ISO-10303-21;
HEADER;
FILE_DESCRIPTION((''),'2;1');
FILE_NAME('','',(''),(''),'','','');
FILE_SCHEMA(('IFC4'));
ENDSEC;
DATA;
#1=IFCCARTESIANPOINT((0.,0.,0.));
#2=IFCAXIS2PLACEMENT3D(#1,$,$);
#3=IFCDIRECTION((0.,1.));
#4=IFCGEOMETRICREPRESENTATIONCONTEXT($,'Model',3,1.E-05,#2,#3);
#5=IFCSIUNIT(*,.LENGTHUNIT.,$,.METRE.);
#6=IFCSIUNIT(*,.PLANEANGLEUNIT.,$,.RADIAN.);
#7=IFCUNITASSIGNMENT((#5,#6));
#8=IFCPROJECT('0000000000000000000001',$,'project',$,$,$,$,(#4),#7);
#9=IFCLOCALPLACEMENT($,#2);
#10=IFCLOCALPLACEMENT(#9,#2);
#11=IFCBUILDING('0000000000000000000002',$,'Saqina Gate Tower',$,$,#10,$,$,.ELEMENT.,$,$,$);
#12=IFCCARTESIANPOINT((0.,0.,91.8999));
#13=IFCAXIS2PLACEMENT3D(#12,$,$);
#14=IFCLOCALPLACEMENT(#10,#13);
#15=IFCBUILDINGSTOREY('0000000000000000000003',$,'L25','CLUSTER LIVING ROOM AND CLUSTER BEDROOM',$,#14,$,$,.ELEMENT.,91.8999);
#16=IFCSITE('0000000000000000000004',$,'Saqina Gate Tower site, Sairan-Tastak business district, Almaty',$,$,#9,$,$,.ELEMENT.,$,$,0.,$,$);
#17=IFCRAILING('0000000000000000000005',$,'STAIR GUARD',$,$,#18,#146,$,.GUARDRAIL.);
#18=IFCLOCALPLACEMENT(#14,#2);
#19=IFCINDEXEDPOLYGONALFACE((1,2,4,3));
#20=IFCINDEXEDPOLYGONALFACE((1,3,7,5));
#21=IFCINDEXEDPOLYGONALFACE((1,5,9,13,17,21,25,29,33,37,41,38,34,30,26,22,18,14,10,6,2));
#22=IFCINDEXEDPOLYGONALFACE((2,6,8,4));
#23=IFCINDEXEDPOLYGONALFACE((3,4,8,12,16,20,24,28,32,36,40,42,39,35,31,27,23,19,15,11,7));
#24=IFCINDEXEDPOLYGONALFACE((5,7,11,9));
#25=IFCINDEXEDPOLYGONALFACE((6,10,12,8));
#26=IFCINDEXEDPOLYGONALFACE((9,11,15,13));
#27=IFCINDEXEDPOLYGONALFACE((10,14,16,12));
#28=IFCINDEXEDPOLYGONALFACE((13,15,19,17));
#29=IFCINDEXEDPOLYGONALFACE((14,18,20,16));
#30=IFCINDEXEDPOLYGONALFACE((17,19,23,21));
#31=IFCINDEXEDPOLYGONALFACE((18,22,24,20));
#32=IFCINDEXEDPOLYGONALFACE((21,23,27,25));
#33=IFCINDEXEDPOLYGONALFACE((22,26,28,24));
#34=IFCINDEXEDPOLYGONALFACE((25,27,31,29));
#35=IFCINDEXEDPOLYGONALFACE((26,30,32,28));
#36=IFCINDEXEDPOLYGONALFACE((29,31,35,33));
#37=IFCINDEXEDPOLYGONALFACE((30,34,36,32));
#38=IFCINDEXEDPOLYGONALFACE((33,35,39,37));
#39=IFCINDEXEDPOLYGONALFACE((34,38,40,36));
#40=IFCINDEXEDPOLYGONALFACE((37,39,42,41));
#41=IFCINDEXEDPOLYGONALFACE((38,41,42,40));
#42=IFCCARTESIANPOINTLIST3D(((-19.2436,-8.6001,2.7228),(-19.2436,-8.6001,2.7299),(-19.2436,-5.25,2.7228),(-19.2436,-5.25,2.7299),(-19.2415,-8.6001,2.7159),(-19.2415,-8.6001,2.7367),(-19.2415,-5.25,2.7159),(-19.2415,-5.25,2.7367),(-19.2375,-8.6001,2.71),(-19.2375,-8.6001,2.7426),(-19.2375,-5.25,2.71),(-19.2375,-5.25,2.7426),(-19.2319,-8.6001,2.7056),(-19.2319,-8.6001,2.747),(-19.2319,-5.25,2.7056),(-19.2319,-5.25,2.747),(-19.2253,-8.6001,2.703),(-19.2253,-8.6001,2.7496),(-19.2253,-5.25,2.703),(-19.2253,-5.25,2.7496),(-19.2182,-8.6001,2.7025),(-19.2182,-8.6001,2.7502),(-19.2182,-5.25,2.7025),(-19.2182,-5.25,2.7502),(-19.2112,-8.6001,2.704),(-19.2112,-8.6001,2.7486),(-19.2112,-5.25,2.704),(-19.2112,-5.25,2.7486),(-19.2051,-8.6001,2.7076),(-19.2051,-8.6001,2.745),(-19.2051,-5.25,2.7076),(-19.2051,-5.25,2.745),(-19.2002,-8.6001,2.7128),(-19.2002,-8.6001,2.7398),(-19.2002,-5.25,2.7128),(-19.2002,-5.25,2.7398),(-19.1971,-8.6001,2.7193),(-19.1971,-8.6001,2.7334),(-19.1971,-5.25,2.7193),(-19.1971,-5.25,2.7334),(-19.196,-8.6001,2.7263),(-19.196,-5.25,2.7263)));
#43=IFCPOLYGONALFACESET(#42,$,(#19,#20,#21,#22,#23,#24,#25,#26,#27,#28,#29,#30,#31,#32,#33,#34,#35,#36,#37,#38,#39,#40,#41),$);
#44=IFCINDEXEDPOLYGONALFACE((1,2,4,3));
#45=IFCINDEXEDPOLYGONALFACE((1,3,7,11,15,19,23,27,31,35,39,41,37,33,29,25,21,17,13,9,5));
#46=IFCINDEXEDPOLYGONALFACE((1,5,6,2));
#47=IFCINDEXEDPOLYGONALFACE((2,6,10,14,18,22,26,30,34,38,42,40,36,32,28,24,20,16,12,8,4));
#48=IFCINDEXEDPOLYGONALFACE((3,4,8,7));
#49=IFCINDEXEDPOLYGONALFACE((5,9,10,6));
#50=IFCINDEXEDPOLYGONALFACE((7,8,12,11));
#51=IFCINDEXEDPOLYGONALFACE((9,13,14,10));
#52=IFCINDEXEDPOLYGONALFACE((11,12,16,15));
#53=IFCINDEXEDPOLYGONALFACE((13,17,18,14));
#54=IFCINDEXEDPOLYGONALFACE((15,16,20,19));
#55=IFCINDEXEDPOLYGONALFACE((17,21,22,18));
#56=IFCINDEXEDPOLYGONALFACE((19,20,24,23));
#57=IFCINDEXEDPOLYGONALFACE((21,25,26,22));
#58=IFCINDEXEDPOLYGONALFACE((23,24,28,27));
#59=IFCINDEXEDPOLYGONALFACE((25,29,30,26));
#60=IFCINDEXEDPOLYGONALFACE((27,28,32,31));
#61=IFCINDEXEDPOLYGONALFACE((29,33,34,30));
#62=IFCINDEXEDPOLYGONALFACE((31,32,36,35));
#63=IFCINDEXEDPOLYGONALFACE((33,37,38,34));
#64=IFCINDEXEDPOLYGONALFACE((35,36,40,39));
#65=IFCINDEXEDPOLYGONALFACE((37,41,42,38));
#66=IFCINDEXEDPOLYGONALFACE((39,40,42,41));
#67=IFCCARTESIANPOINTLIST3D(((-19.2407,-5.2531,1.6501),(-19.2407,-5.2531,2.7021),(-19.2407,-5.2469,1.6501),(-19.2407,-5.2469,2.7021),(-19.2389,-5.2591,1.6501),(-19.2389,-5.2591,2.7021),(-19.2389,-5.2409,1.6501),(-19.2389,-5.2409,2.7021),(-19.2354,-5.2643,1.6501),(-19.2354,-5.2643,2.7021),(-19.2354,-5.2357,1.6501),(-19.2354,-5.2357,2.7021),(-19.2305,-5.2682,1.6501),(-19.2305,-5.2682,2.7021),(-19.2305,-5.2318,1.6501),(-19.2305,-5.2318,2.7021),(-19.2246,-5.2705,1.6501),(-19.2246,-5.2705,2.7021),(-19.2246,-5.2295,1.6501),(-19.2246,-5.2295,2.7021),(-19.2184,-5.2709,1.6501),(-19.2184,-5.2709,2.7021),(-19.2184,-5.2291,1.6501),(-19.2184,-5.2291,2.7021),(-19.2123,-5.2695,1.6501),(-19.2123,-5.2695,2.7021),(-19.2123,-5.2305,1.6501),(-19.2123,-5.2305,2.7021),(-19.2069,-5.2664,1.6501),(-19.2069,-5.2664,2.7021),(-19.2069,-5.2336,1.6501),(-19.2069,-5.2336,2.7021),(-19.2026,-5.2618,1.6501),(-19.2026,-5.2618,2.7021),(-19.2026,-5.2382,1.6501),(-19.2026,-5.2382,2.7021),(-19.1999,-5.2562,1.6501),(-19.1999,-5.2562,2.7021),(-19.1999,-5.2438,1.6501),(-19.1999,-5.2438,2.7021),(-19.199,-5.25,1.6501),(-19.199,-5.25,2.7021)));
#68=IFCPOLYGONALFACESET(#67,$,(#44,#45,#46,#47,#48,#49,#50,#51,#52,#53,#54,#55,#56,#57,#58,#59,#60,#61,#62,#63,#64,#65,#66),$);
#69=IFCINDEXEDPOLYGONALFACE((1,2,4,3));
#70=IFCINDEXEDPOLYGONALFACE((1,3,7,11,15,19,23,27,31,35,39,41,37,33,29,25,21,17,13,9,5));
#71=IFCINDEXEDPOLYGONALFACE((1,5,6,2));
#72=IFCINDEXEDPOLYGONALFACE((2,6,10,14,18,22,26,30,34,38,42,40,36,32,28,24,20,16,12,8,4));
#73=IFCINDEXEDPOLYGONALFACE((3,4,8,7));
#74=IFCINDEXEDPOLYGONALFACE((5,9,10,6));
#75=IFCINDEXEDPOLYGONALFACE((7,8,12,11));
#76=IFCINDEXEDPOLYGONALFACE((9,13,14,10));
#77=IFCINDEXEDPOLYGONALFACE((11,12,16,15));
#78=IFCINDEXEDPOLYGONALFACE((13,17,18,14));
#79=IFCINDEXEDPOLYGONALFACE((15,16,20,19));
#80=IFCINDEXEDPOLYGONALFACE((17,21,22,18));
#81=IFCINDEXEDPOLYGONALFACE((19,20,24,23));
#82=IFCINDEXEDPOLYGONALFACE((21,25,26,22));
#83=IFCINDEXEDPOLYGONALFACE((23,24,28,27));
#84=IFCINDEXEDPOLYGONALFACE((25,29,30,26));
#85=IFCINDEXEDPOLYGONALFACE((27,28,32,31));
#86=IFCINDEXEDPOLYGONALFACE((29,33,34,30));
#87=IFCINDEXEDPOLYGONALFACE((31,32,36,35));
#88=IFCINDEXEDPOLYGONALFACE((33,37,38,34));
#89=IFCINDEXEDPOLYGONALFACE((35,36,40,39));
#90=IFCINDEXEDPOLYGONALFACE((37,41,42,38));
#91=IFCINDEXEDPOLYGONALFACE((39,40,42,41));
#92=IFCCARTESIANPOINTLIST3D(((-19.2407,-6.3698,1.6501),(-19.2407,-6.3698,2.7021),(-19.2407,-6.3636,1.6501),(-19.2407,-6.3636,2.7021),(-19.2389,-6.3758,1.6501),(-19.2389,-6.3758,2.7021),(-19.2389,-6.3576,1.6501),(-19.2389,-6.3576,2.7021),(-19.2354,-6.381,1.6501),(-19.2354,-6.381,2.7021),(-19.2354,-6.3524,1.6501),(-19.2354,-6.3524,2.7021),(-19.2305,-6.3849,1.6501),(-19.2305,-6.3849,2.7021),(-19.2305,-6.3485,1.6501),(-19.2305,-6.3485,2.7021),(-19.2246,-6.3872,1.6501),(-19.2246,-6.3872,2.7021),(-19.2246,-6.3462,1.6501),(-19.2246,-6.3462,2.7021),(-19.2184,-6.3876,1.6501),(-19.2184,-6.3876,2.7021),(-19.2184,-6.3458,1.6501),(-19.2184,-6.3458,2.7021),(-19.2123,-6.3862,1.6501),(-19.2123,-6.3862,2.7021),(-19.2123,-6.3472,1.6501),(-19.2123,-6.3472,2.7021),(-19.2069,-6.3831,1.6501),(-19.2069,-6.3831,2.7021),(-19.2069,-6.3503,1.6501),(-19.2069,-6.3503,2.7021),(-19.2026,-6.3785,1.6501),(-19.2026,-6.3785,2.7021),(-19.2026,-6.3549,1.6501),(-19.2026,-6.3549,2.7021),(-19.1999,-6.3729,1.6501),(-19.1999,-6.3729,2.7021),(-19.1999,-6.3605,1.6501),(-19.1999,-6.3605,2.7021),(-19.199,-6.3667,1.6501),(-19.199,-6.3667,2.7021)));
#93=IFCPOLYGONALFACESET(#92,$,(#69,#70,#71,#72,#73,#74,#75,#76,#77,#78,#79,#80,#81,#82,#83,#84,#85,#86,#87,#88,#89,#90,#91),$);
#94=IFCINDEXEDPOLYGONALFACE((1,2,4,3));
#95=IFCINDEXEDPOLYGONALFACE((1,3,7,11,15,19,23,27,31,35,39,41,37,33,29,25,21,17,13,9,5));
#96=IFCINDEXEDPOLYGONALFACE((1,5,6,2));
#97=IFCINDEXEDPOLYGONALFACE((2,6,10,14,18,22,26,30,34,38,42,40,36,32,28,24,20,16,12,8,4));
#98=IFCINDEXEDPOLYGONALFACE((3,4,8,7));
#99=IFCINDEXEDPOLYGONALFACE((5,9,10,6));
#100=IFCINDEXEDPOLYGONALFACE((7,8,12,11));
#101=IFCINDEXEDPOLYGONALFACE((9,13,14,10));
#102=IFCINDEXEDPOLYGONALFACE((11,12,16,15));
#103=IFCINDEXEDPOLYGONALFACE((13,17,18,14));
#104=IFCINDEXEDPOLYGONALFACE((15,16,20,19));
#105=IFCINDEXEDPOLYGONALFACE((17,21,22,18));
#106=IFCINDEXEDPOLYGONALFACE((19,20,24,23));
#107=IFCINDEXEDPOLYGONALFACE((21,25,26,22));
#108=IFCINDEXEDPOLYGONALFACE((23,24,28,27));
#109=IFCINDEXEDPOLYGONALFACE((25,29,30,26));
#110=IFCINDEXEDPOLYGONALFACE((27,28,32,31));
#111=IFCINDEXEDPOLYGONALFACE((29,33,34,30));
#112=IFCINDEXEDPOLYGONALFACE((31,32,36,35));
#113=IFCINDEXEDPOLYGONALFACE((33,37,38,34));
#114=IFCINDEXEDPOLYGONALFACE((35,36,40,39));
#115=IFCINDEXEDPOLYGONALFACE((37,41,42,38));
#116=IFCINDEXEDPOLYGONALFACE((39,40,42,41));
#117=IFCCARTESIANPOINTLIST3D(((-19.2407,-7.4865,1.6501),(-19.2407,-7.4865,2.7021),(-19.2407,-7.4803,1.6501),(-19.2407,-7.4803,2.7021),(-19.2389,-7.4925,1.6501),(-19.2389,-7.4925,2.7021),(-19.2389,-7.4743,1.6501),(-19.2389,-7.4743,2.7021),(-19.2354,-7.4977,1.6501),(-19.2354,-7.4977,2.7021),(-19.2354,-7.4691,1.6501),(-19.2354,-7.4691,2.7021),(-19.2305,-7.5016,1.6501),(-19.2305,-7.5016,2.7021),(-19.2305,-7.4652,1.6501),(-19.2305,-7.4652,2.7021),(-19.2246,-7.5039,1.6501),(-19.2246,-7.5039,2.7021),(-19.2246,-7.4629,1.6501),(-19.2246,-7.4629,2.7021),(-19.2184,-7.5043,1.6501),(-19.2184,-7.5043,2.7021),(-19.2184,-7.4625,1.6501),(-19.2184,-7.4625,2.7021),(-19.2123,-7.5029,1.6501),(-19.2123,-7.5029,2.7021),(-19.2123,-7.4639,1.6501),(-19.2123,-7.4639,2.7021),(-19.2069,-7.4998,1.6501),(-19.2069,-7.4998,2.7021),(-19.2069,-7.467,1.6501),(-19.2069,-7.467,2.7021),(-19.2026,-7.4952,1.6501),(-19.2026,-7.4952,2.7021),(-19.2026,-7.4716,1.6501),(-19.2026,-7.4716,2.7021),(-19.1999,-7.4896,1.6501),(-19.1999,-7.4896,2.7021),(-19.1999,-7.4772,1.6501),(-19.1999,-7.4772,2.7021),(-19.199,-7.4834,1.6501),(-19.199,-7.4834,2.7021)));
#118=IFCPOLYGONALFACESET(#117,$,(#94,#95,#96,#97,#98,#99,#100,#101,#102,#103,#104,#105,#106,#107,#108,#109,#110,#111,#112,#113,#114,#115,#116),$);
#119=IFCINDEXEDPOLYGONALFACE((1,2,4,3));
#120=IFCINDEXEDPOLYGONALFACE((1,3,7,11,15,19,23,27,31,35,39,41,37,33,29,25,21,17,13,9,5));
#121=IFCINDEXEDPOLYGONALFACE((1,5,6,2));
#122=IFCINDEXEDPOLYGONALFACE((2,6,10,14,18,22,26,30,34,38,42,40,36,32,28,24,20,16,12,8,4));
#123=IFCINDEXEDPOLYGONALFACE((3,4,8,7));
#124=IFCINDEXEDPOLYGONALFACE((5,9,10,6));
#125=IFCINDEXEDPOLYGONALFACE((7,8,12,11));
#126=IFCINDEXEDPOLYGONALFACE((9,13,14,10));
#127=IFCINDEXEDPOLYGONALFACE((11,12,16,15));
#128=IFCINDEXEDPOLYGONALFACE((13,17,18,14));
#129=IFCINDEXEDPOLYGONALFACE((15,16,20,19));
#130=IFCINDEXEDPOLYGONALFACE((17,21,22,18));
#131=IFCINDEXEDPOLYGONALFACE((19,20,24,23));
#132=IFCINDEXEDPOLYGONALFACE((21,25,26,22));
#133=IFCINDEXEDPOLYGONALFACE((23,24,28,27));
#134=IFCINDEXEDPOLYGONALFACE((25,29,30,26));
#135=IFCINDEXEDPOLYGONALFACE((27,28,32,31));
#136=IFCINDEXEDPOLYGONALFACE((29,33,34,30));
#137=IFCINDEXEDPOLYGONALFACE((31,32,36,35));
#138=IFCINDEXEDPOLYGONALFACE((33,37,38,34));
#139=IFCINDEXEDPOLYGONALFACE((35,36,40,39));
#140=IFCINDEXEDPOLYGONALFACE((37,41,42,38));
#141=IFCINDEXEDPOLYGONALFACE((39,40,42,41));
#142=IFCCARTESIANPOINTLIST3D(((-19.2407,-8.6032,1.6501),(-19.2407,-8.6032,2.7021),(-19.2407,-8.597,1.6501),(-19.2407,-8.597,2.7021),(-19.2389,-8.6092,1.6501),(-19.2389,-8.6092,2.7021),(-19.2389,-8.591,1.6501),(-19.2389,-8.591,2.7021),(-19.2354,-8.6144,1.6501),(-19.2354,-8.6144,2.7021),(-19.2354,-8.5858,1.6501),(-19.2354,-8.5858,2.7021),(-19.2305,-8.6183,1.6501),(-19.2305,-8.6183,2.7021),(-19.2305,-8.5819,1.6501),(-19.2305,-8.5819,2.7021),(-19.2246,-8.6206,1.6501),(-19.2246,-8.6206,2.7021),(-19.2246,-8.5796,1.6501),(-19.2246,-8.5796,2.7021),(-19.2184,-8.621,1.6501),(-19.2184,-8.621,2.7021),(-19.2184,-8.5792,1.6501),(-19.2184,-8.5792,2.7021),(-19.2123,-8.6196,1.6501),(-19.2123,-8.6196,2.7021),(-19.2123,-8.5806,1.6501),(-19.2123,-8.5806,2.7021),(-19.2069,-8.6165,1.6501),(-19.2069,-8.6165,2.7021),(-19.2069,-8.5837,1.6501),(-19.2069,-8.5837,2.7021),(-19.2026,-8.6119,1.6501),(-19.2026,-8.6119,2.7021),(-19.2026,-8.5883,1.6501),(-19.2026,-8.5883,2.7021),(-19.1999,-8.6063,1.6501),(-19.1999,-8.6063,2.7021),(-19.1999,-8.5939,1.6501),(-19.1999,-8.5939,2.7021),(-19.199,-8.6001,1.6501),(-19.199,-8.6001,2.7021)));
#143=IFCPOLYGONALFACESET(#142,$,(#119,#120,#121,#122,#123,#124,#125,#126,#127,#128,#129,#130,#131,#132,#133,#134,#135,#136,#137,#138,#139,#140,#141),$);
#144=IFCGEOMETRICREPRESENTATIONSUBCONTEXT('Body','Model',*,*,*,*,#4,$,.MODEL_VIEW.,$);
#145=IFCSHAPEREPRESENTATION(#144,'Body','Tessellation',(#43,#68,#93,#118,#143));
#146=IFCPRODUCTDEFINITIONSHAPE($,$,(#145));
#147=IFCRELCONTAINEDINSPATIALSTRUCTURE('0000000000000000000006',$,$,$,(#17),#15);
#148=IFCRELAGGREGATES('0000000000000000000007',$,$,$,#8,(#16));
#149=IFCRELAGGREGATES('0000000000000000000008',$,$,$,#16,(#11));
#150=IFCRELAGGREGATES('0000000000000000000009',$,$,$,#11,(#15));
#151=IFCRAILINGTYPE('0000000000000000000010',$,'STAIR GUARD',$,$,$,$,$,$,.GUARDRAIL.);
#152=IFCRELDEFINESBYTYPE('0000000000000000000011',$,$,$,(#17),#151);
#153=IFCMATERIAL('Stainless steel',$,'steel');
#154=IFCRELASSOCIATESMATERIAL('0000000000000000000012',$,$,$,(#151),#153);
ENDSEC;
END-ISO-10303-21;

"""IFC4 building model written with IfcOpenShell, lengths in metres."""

from ifc_helpers import new_model, si_unit, direction, frame, origin, origin_2d, place, context, subcontext, project, spatial, circle, extrude, material, type_object, element, save


model = new_model("IFC4")

# Units and contexts
model_context = context("Model", 3, precision=1e-05, world=origin(), true_north=direction((0.0, 1.0)))
body_context = subcontext(model_context, "Body", "Model", "MODEL_VIEW")
ifc_project = project(units=[si_unit("LENGTHUNIT", "METRE"), si_unit("PLANEANGLEUNIT", "RADIAN")], contexts=[model_context])

# Site, building, storey
site_placement = place(None, origin())
site = spatial("IfcSite", under=ifc_project, at=site_placement, Name="Saqina Gate Tower site, Sairan-Tastak business district, Almaty", CompositionType="ELEMENT", RefElevation=0.0)
building_placement = place(site_placement, origin())
building = spatial("IfcBuilding", under=site, at=building_placement, Name="Saqina Gate Tower", CompositionType="ELEMENT")
storey_placement = place(building_placement, frame((0.0, 0.0, 91.8999)))
storey = spatial("IfcBuildingStorey", under=building, at=storey_placement, Name="L25", Description="CLUSTER LIVING ROOM AND CLUSTER BEDROOM", CompositionType="ELEMENT", Elevation=91.8999)

# Railing
ifc_material_1 = material(Name="Stainless steel", Category="steel")
railing_type_1 = type_object("IfcRailingType", Name="STAIR GUARD", PredefinedType="GUARDRAIL", material=ifc_material_1)
railing_1_placement = place(storey_placement, frame((-19.22, -5.25, 1.6501)))
element("IfcRailing", 1, at=railing_1_placement, inside=storey, type_object=railing_type_1, Name="STAIR GUARD", PredefinedType="GUARDRAIL", context=body_context, shape_type="SweptSolid", body=[
    extrude(circle(Radius=0.0239, at=origin_2d()), frame((0.0, 0.0, 1.0762), z_axis=(0.0, -1.0, 0.0), x_axis=(1.0, 0.0, 0.0)), (0.0, 0.0, 1.0), 3.3501),
    extrude(circle(Radius=0.021, at=origin_2d()), origin(), (0.0, 0.0, 1.0), 1.052),
    extrude(circle(Radius=0.021, at=origin_2d()), frame((0.0, -1.1167, 0.0)), (0.0, 0.0, 1.0), 1.052),
    extrude(circle(Radius=0.021, at=origin_2d()), frame((0.0, -2.2334, 0.0)), (0.0, 0.0, 1.0), 1.052),
    extrude(circle(Radius=0.021, at=origin_2d()), frame((0.0, -3.3501, 0.0)), (0.0, 0.0, 1.0), 1.052),
])

save(model, "model.ifc")
